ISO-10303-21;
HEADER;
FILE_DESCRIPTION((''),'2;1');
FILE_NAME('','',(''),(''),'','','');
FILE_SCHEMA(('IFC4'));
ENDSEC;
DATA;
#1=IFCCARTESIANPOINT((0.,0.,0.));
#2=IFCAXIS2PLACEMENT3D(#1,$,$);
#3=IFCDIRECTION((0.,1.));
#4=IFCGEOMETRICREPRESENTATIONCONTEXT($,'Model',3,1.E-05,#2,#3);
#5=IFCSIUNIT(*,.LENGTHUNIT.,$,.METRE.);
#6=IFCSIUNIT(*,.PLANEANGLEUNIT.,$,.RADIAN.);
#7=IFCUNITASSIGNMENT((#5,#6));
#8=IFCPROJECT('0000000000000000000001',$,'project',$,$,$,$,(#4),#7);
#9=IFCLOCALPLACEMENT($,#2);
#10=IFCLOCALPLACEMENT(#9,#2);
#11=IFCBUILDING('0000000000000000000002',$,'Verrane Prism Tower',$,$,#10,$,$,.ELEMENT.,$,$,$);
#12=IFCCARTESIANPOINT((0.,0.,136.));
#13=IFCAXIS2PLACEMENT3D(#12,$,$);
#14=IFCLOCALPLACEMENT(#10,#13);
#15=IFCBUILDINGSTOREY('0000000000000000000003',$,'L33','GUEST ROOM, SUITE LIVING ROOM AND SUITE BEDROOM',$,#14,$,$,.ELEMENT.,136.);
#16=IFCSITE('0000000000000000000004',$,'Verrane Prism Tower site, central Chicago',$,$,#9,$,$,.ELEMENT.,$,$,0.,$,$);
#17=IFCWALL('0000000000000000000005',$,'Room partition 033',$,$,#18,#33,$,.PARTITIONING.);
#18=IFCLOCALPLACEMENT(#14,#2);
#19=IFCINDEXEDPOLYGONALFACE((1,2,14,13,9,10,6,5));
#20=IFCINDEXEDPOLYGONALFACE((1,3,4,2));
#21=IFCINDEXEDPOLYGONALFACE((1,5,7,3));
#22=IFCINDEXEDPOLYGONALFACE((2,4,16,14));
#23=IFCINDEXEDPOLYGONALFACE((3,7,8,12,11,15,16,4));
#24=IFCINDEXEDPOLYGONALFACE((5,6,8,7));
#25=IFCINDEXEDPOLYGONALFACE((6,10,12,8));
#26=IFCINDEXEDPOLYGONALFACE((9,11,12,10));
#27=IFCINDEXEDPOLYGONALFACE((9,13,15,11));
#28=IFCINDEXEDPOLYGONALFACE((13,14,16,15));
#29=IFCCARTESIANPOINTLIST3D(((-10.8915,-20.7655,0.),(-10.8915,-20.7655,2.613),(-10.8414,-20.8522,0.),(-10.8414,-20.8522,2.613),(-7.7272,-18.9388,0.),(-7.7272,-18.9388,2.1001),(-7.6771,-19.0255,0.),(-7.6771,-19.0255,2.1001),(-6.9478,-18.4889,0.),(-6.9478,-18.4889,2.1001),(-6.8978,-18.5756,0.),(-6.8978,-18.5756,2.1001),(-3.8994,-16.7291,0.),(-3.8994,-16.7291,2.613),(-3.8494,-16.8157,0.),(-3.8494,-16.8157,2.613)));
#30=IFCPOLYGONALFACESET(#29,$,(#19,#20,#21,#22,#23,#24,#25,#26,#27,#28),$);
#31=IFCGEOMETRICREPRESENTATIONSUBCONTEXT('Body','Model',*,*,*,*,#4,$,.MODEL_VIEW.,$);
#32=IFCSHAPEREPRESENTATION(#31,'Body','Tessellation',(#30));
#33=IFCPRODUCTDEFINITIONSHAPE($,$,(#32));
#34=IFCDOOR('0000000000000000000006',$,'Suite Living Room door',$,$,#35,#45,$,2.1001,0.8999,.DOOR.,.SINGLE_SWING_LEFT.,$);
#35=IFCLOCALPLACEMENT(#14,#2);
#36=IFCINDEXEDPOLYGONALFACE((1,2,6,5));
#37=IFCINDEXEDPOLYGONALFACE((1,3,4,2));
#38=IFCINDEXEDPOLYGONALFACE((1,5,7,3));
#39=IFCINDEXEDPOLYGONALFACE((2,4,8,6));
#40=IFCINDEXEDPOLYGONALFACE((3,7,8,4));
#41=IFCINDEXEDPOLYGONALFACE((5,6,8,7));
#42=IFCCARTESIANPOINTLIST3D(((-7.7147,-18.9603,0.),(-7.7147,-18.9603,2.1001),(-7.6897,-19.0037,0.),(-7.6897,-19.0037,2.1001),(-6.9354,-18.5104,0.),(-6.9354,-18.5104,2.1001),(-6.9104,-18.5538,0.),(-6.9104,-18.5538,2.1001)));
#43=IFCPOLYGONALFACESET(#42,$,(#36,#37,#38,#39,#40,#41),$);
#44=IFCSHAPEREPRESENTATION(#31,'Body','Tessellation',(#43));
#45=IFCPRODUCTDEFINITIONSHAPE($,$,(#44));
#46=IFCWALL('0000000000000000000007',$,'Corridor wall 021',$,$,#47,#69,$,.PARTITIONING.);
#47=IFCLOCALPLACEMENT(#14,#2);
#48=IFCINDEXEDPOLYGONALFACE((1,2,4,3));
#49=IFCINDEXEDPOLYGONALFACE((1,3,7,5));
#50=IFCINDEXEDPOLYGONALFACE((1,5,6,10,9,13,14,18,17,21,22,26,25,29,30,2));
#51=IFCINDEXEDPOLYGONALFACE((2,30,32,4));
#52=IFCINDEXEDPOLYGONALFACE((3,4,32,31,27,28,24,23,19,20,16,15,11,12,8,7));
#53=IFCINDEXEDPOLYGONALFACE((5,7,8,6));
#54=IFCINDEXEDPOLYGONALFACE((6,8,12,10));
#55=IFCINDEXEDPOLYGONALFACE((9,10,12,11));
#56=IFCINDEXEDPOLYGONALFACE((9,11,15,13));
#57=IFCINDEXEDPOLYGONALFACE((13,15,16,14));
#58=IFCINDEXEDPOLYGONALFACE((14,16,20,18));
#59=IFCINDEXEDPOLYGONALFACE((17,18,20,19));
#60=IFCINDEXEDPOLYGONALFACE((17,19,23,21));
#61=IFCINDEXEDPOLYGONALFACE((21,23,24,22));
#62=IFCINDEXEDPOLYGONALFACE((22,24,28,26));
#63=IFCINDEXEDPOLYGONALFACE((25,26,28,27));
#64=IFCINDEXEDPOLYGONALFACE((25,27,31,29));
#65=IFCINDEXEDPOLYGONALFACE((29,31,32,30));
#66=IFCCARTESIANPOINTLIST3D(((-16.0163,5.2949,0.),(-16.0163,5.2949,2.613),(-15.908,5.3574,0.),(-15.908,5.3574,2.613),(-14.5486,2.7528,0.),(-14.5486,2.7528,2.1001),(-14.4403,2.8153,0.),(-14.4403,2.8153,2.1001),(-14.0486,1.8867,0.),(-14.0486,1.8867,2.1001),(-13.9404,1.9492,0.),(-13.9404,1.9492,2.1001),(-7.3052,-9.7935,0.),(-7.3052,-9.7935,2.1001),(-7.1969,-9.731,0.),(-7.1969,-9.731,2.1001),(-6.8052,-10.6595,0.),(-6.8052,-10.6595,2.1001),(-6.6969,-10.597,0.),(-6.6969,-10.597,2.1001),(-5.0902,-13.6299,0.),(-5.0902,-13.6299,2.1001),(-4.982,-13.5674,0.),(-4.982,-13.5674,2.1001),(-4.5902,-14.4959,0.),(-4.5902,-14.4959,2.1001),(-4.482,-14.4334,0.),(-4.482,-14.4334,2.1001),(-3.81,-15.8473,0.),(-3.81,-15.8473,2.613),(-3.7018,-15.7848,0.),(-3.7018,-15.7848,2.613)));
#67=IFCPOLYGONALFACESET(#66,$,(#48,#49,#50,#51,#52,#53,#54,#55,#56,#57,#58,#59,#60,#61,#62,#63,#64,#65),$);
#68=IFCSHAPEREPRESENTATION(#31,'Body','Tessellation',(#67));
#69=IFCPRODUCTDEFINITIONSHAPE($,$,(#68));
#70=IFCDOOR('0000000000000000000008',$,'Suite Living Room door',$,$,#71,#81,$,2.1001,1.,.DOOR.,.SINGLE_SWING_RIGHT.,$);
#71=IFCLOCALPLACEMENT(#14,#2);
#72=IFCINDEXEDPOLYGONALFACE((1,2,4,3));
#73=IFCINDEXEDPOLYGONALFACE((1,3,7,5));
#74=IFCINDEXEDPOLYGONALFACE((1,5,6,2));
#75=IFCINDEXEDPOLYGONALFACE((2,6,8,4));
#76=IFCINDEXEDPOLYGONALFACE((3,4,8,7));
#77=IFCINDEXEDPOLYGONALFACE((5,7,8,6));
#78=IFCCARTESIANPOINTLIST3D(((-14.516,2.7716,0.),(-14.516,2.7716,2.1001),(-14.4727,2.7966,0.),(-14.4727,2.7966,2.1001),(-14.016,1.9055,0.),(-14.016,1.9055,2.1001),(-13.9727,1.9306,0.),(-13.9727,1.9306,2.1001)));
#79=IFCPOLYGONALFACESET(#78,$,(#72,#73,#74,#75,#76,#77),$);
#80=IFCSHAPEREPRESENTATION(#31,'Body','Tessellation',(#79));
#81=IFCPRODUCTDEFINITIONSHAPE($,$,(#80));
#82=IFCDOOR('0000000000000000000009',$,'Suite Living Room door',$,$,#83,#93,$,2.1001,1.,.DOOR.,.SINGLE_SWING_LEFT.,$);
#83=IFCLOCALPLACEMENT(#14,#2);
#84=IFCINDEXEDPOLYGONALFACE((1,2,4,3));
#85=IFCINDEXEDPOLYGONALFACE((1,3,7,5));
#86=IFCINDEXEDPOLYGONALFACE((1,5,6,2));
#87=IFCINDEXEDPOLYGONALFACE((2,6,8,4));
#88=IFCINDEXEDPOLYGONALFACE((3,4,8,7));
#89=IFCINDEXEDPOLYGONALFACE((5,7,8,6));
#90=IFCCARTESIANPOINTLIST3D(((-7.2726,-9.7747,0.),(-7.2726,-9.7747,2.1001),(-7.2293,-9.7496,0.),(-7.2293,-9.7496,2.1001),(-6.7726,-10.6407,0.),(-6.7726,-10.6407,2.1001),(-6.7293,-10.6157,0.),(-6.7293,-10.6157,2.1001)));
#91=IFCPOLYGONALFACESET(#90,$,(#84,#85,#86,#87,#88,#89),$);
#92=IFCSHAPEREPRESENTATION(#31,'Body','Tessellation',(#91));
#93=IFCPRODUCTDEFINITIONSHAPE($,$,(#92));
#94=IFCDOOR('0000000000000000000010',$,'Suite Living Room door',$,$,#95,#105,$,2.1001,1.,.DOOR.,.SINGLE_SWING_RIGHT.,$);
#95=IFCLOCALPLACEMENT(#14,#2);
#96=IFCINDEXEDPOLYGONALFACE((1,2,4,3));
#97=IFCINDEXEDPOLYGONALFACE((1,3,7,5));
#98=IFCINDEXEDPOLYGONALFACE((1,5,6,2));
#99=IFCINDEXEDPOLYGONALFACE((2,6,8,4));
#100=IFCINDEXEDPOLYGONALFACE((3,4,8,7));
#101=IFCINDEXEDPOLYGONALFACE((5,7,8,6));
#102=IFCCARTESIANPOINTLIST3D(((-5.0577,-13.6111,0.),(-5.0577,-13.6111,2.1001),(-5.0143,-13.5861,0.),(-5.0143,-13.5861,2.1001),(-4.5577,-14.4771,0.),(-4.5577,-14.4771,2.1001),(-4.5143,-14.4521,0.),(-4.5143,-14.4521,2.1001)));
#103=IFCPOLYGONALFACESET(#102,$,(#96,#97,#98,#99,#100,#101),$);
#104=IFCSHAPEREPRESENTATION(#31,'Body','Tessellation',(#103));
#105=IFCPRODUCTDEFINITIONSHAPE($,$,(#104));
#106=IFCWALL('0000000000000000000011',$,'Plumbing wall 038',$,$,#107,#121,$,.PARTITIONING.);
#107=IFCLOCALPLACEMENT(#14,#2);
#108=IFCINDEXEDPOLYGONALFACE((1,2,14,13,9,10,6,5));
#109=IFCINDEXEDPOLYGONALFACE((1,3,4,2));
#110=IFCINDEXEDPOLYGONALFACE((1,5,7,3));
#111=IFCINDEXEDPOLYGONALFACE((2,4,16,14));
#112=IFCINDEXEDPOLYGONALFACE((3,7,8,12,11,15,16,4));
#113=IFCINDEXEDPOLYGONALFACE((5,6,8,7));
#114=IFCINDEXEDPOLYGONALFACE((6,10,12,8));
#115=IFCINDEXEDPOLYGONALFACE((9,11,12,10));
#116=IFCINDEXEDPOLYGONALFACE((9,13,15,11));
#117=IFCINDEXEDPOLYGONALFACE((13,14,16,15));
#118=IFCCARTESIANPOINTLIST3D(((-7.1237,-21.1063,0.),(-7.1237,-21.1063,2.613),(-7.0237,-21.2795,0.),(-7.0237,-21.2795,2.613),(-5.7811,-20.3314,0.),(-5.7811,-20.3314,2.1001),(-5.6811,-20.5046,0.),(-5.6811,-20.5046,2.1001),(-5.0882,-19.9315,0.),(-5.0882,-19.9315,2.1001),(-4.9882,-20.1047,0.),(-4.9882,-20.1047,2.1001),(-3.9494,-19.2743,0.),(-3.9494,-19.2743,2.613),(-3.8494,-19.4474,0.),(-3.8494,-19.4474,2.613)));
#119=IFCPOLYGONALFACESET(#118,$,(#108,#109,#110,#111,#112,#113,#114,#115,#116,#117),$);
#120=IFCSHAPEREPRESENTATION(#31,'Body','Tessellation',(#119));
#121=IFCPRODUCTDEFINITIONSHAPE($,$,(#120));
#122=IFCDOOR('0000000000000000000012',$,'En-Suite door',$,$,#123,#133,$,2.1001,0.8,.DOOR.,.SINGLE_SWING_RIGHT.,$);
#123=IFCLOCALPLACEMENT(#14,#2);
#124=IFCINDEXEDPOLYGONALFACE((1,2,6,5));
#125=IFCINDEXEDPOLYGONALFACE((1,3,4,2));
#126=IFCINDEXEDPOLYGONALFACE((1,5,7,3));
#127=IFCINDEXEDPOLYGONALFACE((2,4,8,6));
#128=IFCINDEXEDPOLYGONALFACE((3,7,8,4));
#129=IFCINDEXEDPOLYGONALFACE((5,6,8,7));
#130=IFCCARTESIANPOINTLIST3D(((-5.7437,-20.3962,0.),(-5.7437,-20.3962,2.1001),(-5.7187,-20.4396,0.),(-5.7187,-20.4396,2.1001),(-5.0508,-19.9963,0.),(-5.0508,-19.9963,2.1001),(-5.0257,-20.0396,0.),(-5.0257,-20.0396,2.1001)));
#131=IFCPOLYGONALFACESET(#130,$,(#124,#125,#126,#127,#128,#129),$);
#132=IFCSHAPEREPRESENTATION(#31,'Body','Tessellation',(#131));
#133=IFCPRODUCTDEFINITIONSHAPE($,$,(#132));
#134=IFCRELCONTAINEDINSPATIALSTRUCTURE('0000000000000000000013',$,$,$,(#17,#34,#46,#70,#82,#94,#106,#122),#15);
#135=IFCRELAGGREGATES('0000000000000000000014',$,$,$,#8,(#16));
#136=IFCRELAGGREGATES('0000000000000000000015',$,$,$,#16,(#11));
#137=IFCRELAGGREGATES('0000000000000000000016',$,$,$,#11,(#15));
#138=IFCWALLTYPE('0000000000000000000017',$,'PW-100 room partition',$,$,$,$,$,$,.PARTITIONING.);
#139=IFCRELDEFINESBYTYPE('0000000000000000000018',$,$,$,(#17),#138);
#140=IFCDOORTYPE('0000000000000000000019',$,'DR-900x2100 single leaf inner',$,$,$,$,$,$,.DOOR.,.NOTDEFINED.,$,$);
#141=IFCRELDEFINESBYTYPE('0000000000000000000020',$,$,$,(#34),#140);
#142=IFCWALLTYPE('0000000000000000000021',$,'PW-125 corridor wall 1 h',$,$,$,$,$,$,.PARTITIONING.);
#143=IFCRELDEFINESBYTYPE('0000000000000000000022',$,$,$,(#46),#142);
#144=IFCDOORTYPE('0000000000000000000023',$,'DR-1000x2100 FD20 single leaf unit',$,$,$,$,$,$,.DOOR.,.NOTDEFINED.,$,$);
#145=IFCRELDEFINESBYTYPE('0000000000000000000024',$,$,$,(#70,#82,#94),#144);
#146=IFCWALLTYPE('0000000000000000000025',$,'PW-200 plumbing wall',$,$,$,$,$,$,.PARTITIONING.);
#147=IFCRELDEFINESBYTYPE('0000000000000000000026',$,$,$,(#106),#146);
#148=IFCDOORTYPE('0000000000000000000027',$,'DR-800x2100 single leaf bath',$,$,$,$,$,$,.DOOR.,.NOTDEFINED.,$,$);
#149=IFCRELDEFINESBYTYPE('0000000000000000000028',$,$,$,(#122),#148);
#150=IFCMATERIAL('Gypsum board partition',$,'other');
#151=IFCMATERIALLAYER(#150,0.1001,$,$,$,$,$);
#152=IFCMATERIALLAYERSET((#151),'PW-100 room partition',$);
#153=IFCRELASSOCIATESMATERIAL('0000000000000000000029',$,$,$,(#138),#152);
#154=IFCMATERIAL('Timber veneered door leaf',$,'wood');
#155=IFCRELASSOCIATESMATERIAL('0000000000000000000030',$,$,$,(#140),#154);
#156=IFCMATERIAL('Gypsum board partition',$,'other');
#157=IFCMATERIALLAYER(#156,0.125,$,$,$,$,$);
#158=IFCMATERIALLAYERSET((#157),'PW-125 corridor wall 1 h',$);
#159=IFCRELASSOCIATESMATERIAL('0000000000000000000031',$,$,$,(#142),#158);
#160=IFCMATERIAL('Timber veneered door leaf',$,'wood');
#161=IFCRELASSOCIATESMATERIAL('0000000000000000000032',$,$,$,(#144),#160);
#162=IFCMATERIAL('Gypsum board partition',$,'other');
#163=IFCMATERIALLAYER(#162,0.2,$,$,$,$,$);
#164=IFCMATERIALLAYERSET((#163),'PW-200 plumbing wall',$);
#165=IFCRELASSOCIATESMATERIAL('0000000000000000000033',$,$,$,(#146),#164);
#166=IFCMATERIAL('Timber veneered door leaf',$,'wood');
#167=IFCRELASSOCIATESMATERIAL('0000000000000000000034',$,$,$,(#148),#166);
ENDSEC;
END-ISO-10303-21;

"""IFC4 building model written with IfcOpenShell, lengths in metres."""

from ifc_helpers import new_model, si_unit, direction, frame, frame_2d, origin, place, context, subcontext, project, spatial, rectangle, extrude, material, layer, layer_set, type_object, element, fill, save


model = new_model("IFC4")

# Units and contexts
model_context = context("Model", 3, precision=1e-05, world=origin(), true_north=direction((0.0, 1.0)))
body_context = subcontext(model_context, "Body", "Model", "MODEL_VIEW")
ifc_project = project(units=[si_unit("LENGTHUNIT", "METRE"), si_unit("PLANEANGLEUNIT", "RADIAN")], contexts=[model_context])

# Site, building, storey
site_placement = place(None, origin())
site = spatial("IfcSite", under=ifc_project, at=site_placement, Name="Verrane Prism Tower site, central Chicago", CompositionType="ELEMENT", RefElevation=0.0)
building_placement = place(site_placement, origin())
building = spatial("IfcBuilding", under=site, at=building_placement, Name="Verrane Prism Tower", CompositionType="ELEMENT")
storey_placement = place(building_placement, frame((0.0, 0.0, 136.0)))
storey = spatial("IfcBuildingStorey", under=building, at=storey_placement, Name="L33", Description="GUEST ROOM, SUITE LIVING ROOM AND SUITE BEDROOM", CompositionType="ELEMENT", Elevation=136.0)

# Wall, opening, door
ifc_material_1 = material(Name="Gypsum board partition", Category="other")
ifc_layer_1 = layer(ifc_material_1, 0.1001)
ifc_layer_set_1 = layer_set([ifc_layer_1], Name="PW-100 room partition")
wall_type_1 = type_object("IfcWallType", Name="PW-100 room partition", PredefinedType="PARTITIONING", material=ifc_layer_set_1)
wall_1_placement = place(storey_placement, frame((-3.8745, -16.7725, 0.0), z_axis=(0.0, 0.0, 1.0), x_axis=(-0.866048, -0.499961, 0.0)))
wall_1 = element("IfcWall", 1, at=wall_1_placement, inside=storey, type_object=wall_type_1, Name="Room partition 033", PredefinedType="PARTITIONING", context=body_context, shape_type="SweptSolid", body=[
    extrude(rectangle(XDim=8.0735, YDim=0.1001, at=frame_2d((4.0366, 0.0))), origin(), (0.0, 0.0, 1.0), 2.613),
])
opening_1_placement = place(wall_1_placement, frame((3.5198, 0.0, 0.0)))
opening_1 = element("IfcOpeningElement", 2, at=opening_1_placement, cuts=wall_1, PredefinedType="OPENING", context=body_context, shape_type="SweptSolid", body=[
    extrude(rectangle(XDim=0.8999, YDim=2.1001, at=frame_2d((0.45, 1.05))), frame((0.0, 0.0601, 0.0), z_axis=(0.0, -1.0, 0.0), x_axis=(1.0, 0.0, 0.0)), (0.0, 0.0, 1.0), 0.1201),
])
ifc_material_2 = material(Name="Timber veneered door leaf", Category="wood")
door_type_1 = type_object("IfcDoorType", Name="DR-900x2100 single leaf inner", OperationType="NOTDEFINED", PredefinedType="DOOR", material=ifc_material_2)
door_1_placement = place(opening_1_placement, origin())
door_1 = element("IfcDoor", 3, at=door_1_placement, inside=storey, type_object=door_type_1, Name="Suite Living Room door", OperationType="SINGLE_SWING_LEFT", OverallHeight=2.1001, OverallWidth=0.8999, PredefinedType="DOOR", context=body_context, shape_type="SweptSolid", body=[
    extrude(rectangle(XDim=0.8999, YDim=2.1001, at=frame_2d((0.45, 1.05))), frame((0.0, 0.0249, 0.0), z_axis=(0.0, -1.0, 0.0), x_axis=(1.0, 0.0, 0.0)), (0.0, 0.0, 1.0), 0.05),
])
fill(opening_1, door_1)

# Wall, openings, doors
ifc_material_3 = material(Name="Gypsum board partition", Category="other")
ifc_layer_2 = layer(ifc_material_3, 0.125)
ifc_layer_set_2 = layer_set([ifc_layer_2], Name="PW-125 corridor wall 1 h")
wall_type_2 = type_object("IfcWallType", Name="PW-125 corridor wall 1 h", PredefinedType="PARTITIONING", material=ifc_layer_set_2)
wall_2_placement = place(storey_placement, frame((-3.7559, -15.8162, 0.0), z_axis=(0.0, 0.0, 1.0), x_axis=(-0.499993, 0.86603, 0.0)))
wall_2 = element("IfcWall", 4, at=wall_2_placement, inside=storey, type_object=wall_type_2, Name="Corridor wall 021", PredefinedType="PARTITIONING", context=body_context, shape_type="SweptSolid", body=[
    extrude(rectangle(XDim=24.4128, YDim=0.125, at=frame_2d((12.2065, 0.0))), origin(), (0.0, 0.0, 1.0), 2.613),
])
opening_2_placement = place(wall_2_placement, frame((20.4775, 0.0, 0.0)))
opening_2 = element("IfcOpeningElement", 5, at=opening_2_placement, cuts=wall_2, PredefinedType="OPENING", context=body_context, shape_type="SweptSolid", body=[
    extrude(rectangle(XDim=1.0, YDim=2.1001, at=frame_2d((0.5, 1.05))), frame((0.0, 0.0725, 0.0), z_axis=(0.0, -1.0, 0.0), x_axis=(1.0, 0.0, 0.0)), (0.0, 0.0, 1.0), 0.145),
])
opening_3_placement = place(wall_2_placement, frame((5.9905, 0.0, 0.0)))
opening_3 = element("IfcOpeningElement", 6, at=opening_3_placement, cuts=wall_2, PredefinedType="OPENING", context=body_context, shape_type="SweptSolid", body=[
    extrude(rectangle(XDim=1.0, YDim=2.1001, at=frame_2d((0.5, 1.05))), frame((0.0, 0.0725, 0.0), z_axis=(0.0, -1.0, 0.0), x_axis=(1.0, 0.0, 0.0)), (0.0, 0.0, 1.0), 0.145),
])
opening_4_placement = place(wall_2_placement, frame((1.5605, 0.0, 0.0)))
opening_4 = element("IfcOpeningElement", 7, at=opening_4_placement, cuts=wall_2, PredefinedType="OPENING", context=body_context, shape_type="SweptSolid", body=[
    extrude(rectangle(XDim=1.0, YDim=2.1001, at=frame_2d((0.5, 1.05))), frame((0.0, 0.0725, 0.0), z_axis=(0.0, -1.0, 0.0), x_axis=(1.0, 0.0, 0.0)), (0.0, 0.0, 1.0), 0.145),
])
ifc_material_4 = material(Name="Timber veneered door leaf", Category="wood")
door_type_2 = type_object("IfcDoorType", Name="DR-1000x2100 FD20 single leaf unit", OperationType="NOTDEFINED", PredefinedType="DOOR", material=ifc_material_4)
door_2_placement = place(opening_2_placement, origin())
door_2 = element("IfcDoor", 8, at=door_2_placement, inside=storey, type_object=door_type_2, Name="Suite Living Room door", OperationType="SINGLE_SWING_RIGHT", OverallHeight=2.1001, OverallWidth=1.0, PredefinedType="DOOR", context=body_context, shape_type="SweptSolid", body=[
    extrude(rectangle(XDim=1.0, YDim=2.1001, at=frame_2d((0.5, 1.05))), frame((0.0, 0.0249, 0.0), z_axis=(0.0, -1.0, 0.0), x_axis=(1.0, 0.0, 0.0)), (0.0, 0.0, 1.0), 0.05),
])
fill(opening_2, door_2)
door_3_placement = place(opening_3_placement, origin())
door_3 = element("IfcDoor", 9, at=door_3_placement, inside=storey, type_object=door_type_2, Name="Suite Living Room door", OperationType="SINGLE_SWING_LEFT", OverallHeight=2.1001, OverallWidth=1.0, PredefinedType="DOOR", context=body_context, shape_type="SweptSolid", body=[
    extrude(rectangle(XDim=1.0, YDim=2.1001, at=frame_2d((0.5, 1.05))), frame((0.0, 0.0249, 0.0), z_axis=(0.0, -1.0, 0.0), x_axis=(1.0, 0.0, 0.0)), (0.0, 0.0, 1.0), 0.05),
])
fill(opening_3, door_3)
door_4_placement = place(opening_4_placement, origin())
door_4 = element("IfcDoor", 10, at=door_4_placement, inside=storey, type_object=door_type_2, Name="Suite Living Room door", OperationType="SINGLE_SWING_RIGHT", OverallHeight=2.1001, OverallWidth=1.0, PredefinedType="DOOR", context=body_context, shape_type="SweptSolid", body=[
    extrude(rectangle(XDim=1.0, YDim=2.1001, at=frame_2d((0.5, 1.05))), frame((0.0, 0.0249, 0.0), z_axis=(0.0, -1.0, 0.0), x_axis=(1.0, 0.0, 0.0)), (0.0, 0.0, 1.0), 0.05),
])
fill(opening_4, door_4)

# Wall, opening, door
ifc_material_5 = material(Name="Gypsum board partition", Category="other")
ifc_layer_3 = layer(ifc_material_5, 0.2)
ifc_layer_set_3 = layer_set([ifc_layer_3], Name="PW-200 plumbing wall")
wall_type_3 = type_object("IfcWallType", Name="PW-200 plumbing wall", PredefinedType="PARTITIONING", material=ifc_layer_set_3)
wall_3_placement = place(storey_placement, frame((-3.8994, -19.3608, 0.0), z_axis=(0.0, 0.0, 1.0), x_axis=(-0.866104, -0.499865, 0.0)))
wall_3 = element("IfcWall", 11, at=wall_3_placement, inside=storey, type_object=wall_type_3, Name="Plumbing wall 038", PredefinedType="PARTITIONING", context=body_context, shape_type="SweptSolid", body=[
    extrude(rectangle(XDim=3.665, YDim=0.2, at=frame_2d((1.8325, 0.0))), origin(), (0.0, 0.0, 1.0), 2.613),
])
opening_5_placement = place(wall_3_placement, frame((1.3149, 0.0, 0.0)))
opening_5 = element("IfcOpeningElement", 12, at=opening_5_placement, cuts=wall_3, PredefinedType="OPENING", context=body_context, shape_type="SweptSolid", body=[
    extrude(rectangle(XDim=0.8, YDim=2.1001, at=frame_2d((0.3999, 1.05))), frame((0.0, 0.1099, 0.0), z_axis=(0.0, -1.0, 0.0), x_axis=(1.0, 0.0, 0.0)), (0.0, 0.0, 1.0), 0.22),
])
ifc_material_6 = material(Name="Timber veneered door leaf", Category="wood")
door_type_3 = type_object("IfcDoorType", Name="DR-800x2100 single leaf bath", OperationType="NOTDEFINED", PredefinedType="DOOR", material=ifc_material_6)
door_5_placement = place(opening_5_placement, origin())
door_5 = element("IfcDoor", 13, at=door_5_placement, inside=storey, type_object=door_type_3, Name="En-Suite door", OperationType="SINGLE_SWING_RIGHT", OverallHeight=2.1001, OverallWidth=0.8, PredefinedType="DOOR", context=body_context, shape_type="SweptSolid", body=[
    extrude(rectangle(XDim=0.8, YDim=2.1001, at=frame_2d((0.3999, 1.05))), frame((0.0, 0.0249, 0.0), z_axis=(0.0, -1.0, 0.0), x_axis=(1.0, 0.0, 0.0)), (0.0, 0.0, 1.0), 0.05),
])
fill(opening_5, door_5)

save(model, "model.ifc")
